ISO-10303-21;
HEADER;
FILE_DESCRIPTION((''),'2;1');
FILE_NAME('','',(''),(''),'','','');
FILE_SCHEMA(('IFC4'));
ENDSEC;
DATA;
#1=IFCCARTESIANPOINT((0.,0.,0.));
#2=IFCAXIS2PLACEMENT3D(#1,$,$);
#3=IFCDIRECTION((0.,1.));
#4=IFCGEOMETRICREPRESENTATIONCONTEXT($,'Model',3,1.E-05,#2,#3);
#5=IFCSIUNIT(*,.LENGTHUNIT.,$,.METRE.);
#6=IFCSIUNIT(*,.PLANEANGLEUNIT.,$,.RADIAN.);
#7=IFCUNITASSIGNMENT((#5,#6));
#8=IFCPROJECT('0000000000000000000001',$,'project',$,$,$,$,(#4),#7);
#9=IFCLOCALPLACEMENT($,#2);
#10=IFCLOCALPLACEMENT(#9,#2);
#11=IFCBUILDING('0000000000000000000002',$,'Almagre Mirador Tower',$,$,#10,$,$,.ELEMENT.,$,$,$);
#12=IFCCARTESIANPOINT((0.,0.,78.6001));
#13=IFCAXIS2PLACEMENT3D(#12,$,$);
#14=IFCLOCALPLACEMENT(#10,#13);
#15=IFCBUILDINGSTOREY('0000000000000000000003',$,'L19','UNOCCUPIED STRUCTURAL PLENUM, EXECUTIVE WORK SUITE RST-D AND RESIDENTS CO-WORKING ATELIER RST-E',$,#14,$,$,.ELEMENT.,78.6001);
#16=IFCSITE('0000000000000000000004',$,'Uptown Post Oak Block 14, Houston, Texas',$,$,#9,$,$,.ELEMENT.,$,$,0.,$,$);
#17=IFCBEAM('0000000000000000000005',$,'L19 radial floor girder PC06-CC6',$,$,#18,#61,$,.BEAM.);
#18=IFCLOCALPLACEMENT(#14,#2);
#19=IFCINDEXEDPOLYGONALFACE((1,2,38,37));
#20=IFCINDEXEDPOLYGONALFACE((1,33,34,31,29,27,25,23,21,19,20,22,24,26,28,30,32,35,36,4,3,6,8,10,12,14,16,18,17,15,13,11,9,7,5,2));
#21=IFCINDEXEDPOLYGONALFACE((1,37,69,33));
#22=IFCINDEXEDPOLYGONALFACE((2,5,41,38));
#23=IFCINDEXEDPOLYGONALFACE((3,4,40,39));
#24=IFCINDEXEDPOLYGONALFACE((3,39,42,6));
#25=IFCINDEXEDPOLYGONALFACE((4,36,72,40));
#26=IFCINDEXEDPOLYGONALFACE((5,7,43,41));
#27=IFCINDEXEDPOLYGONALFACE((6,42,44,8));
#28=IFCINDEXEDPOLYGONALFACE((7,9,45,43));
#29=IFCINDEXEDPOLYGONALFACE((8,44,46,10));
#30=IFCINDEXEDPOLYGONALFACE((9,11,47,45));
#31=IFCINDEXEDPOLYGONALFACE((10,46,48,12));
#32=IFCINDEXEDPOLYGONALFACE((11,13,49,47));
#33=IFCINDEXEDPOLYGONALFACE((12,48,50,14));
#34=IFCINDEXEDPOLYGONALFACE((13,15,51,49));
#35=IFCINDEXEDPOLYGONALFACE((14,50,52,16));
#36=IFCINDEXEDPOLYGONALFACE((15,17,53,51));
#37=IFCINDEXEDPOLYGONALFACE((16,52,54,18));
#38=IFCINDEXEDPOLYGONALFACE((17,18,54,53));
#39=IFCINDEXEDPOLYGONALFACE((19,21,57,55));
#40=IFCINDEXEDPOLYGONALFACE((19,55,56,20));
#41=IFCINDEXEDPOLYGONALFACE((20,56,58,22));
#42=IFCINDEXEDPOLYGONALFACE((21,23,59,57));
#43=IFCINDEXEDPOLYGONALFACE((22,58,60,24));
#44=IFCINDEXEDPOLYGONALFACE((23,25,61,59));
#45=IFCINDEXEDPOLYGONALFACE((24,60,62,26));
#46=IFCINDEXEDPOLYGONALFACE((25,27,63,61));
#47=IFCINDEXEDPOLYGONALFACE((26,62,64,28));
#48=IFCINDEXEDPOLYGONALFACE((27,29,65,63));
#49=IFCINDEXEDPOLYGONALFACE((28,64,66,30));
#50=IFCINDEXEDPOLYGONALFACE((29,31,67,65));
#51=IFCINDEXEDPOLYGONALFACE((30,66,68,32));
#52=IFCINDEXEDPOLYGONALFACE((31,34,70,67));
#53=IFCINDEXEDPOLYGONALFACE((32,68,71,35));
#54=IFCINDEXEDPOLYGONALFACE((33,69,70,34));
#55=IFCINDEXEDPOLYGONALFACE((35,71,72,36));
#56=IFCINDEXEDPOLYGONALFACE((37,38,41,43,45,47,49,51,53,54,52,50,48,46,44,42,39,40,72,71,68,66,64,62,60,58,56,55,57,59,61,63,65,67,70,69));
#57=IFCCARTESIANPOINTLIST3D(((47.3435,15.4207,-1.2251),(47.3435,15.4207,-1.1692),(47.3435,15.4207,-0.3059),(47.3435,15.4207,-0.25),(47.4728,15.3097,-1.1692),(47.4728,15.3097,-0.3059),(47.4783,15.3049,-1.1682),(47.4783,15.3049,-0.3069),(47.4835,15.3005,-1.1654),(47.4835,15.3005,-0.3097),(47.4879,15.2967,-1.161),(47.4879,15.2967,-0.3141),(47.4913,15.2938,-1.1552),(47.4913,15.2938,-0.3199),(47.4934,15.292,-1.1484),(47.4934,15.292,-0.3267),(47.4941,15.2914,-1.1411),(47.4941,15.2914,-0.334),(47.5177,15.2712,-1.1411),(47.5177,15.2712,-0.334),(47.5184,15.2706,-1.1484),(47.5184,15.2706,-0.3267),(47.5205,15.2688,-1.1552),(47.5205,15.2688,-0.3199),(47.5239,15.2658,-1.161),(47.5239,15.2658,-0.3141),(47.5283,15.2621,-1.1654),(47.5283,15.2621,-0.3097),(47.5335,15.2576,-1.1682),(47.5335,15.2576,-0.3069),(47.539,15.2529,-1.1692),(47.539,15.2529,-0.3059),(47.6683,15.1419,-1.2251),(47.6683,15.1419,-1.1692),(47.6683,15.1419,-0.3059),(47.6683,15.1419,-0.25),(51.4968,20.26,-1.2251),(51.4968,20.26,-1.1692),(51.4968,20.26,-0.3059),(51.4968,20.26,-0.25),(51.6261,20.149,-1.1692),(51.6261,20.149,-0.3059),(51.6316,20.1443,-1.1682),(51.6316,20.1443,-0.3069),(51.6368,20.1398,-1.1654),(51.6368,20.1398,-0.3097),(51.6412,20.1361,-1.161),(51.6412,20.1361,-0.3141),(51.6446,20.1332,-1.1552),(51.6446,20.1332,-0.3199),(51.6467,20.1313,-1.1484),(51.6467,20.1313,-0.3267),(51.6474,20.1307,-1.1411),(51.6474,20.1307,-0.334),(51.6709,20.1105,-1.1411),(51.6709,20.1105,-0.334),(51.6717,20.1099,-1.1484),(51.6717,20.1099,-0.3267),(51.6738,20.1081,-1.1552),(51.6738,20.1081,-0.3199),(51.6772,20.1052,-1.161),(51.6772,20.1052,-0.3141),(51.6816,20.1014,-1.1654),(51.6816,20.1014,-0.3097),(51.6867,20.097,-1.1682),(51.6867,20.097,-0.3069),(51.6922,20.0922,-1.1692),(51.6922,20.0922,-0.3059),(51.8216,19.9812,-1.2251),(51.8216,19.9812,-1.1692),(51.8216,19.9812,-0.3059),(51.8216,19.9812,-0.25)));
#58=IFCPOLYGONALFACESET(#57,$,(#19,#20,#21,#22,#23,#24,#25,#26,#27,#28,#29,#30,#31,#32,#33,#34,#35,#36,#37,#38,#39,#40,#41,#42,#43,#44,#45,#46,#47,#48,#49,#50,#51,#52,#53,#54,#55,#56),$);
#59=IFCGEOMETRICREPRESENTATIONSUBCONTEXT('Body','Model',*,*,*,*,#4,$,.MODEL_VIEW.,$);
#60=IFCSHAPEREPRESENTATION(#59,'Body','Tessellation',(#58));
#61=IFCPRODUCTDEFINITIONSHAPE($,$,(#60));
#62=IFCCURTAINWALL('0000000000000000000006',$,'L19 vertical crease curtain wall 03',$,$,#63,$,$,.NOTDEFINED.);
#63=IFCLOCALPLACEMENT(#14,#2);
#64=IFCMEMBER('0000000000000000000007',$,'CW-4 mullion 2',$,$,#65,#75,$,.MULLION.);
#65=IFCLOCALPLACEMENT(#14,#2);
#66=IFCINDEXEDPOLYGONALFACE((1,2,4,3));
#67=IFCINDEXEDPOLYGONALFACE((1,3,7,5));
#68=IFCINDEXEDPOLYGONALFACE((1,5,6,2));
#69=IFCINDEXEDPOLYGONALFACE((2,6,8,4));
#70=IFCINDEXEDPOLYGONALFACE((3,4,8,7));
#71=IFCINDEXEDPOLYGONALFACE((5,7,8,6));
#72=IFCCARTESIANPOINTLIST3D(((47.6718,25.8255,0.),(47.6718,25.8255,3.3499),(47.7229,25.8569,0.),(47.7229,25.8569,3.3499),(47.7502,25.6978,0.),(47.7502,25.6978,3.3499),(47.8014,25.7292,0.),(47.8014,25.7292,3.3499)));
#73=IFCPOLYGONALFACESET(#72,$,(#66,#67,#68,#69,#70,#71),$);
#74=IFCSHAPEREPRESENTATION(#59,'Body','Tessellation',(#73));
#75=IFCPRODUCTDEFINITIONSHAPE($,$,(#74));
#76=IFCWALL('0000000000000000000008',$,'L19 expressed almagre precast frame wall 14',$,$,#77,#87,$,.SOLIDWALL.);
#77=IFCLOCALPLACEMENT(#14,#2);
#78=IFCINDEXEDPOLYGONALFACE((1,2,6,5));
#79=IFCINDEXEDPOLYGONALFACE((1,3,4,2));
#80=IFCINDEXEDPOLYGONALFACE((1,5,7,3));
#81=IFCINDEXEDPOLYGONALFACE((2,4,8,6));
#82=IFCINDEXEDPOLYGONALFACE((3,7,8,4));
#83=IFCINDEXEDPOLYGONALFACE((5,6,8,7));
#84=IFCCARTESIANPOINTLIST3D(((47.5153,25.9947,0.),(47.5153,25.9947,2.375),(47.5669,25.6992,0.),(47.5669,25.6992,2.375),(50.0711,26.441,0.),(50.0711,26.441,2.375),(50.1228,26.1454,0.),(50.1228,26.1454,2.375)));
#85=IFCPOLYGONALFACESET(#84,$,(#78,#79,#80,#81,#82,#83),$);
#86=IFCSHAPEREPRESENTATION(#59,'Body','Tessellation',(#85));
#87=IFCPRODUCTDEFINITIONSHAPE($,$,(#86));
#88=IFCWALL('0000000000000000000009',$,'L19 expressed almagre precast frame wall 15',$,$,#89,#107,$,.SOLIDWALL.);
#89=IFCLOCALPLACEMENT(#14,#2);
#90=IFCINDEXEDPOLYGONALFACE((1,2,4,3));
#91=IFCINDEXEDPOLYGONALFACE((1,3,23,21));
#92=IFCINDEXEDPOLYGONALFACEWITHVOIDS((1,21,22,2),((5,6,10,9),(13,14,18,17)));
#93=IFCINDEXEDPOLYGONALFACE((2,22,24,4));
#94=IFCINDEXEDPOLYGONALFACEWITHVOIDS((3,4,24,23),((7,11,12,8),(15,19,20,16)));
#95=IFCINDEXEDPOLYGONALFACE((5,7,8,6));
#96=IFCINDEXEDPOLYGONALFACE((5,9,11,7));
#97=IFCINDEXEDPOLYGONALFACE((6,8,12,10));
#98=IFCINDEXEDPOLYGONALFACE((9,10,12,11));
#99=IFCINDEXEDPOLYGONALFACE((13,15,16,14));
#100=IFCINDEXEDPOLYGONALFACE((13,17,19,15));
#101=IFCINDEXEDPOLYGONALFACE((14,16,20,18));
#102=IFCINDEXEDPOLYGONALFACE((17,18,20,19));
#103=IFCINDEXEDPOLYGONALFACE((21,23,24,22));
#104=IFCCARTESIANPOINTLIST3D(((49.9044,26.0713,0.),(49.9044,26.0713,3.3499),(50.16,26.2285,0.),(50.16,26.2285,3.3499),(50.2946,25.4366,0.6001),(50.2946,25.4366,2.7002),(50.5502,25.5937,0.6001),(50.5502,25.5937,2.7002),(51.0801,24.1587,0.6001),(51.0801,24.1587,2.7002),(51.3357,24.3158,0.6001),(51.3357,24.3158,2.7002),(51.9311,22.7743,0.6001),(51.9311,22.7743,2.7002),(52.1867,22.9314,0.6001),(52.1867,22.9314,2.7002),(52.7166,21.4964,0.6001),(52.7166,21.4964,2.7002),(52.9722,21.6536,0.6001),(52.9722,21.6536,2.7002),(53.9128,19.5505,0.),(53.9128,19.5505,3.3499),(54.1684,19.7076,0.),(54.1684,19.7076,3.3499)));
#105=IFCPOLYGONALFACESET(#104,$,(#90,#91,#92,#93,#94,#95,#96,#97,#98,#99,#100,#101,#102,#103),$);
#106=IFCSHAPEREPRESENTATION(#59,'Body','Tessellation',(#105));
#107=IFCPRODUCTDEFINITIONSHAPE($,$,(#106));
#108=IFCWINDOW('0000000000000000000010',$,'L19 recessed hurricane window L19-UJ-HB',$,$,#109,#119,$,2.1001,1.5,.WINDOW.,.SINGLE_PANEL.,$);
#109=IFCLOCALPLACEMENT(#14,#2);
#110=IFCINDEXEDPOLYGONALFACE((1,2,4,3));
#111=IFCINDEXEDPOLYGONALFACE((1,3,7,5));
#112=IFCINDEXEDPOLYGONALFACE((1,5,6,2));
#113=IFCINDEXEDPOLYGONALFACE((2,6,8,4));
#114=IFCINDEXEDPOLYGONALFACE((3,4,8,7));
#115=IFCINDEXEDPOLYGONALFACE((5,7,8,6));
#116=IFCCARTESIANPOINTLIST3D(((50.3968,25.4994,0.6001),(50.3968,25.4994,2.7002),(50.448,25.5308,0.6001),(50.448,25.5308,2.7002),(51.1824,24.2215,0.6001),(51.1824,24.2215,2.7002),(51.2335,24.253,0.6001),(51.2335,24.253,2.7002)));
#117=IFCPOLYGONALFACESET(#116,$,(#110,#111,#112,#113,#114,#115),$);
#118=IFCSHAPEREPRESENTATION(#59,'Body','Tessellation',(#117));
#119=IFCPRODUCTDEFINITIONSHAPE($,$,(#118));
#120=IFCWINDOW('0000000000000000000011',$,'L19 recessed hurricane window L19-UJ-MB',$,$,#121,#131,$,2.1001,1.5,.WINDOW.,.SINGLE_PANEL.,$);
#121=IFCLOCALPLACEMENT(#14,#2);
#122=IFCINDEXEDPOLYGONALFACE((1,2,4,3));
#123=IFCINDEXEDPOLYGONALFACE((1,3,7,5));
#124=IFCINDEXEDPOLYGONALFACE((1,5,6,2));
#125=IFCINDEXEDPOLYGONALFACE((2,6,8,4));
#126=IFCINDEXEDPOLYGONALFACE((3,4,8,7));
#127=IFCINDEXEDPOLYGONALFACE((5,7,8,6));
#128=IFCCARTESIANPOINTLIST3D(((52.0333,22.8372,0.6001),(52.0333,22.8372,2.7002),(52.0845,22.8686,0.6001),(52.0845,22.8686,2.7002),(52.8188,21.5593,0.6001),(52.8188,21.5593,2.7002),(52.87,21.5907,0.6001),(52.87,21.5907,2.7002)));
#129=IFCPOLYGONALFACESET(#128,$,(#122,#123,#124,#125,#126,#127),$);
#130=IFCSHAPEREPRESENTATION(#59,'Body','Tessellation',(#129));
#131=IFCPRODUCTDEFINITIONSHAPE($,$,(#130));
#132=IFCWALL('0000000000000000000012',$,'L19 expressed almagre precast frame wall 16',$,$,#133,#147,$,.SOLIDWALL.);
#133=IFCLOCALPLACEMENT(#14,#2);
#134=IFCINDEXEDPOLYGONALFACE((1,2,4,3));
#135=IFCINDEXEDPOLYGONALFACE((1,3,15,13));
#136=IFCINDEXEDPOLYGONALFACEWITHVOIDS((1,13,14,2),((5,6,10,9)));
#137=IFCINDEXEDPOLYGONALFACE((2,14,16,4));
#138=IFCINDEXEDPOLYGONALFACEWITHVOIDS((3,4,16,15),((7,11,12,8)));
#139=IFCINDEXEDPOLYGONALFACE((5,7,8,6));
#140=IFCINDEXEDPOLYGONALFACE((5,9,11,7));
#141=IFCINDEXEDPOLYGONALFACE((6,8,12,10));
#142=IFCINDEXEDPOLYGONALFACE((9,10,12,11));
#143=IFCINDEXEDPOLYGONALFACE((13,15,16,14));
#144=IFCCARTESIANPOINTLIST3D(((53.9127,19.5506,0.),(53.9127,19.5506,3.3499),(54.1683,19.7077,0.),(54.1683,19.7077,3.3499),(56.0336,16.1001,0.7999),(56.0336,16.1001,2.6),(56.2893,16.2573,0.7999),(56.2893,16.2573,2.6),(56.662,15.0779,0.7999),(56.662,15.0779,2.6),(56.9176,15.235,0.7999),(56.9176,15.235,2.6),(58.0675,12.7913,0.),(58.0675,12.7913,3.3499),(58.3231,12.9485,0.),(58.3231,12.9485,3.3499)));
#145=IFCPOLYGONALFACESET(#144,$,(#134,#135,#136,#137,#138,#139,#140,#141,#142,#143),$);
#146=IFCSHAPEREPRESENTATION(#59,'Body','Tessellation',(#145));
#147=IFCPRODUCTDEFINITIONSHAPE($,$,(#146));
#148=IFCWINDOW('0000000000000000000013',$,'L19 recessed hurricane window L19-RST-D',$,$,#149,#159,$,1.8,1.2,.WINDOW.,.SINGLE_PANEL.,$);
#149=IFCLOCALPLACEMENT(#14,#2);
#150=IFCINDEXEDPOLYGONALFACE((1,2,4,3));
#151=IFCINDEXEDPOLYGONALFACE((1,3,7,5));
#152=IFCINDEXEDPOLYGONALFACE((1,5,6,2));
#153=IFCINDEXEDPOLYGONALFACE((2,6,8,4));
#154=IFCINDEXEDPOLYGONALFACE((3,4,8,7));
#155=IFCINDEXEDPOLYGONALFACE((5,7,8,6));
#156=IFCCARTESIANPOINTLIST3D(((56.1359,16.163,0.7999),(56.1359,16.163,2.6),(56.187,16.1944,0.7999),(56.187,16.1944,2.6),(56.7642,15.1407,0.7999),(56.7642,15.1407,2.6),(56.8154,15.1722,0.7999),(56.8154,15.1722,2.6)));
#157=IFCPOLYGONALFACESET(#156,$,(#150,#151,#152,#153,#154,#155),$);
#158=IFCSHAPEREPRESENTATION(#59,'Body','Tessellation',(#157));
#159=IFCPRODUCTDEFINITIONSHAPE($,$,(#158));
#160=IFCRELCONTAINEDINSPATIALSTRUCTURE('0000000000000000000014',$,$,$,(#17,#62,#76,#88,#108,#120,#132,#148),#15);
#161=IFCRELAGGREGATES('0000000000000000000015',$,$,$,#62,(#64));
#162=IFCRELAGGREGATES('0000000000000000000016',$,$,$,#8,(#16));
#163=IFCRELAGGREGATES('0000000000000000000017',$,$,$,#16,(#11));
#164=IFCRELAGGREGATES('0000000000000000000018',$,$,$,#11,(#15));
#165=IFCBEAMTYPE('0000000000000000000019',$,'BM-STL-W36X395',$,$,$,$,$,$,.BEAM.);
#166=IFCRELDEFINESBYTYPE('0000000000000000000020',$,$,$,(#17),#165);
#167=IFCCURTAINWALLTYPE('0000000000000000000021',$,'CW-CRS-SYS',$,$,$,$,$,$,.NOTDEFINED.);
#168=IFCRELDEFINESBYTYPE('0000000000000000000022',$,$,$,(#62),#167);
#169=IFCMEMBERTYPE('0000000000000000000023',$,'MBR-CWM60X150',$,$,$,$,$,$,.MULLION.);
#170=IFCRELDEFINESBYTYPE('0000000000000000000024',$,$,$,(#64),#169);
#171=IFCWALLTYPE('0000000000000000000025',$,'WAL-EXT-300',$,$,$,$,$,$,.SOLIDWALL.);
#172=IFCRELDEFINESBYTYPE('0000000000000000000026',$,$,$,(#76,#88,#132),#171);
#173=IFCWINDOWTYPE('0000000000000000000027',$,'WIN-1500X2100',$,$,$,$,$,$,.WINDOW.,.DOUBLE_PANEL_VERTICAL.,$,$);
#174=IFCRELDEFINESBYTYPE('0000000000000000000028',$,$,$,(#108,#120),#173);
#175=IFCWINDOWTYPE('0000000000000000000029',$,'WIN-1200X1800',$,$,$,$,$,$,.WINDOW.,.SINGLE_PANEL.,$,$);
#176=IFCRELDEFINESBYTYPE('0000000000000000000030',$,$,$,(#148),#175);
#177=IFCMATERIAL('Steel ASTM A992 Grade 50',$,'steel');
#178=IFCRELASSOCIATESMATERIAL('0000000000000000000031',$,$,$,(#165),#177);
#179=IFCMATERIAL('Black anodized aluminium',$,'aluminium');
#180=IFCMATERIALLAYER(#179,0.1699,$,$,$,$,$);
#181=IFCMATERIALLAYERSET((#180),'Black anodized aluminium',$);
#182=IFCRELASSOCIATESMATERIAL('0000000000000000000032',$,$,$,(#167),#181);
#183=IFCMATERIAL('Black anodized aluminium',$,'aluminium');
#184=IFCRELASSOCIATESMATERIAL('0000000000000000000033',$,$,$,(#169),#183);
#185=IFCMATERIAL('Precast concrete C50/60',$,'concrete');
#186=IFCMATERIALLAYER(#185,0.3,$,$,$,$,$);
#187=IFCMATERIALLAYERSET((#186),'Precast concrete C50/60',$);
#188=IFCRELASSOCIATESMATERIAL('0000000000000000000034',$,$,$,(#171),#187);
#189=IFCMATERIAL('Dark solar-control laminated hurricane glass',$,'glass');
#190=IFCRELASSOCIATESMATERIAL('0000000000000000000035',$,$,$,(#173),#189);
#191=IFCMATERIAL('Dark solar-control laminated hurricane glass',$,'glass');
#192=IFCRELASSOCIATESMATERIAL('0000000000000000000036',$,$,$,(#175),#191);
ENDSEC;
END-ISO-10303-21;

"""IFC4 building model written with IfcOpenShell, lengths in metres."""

from ifc_helpers import new_model, si_unit, direction, frame, frame_2d, origin, origin_2d, place, context, subcontext, project, spatial, rectangle, i_section, extrude, material, layer, layer_set, material_profile, profile_set, type_object, element, fill, aggregate, save


model = new_model("IFC4")

# Units and contexts
model_context = context("Model", 3, precision=1e-05, world=origin(), true_north=direction((0.0, 1.0)))
body_context = subcontext(model_context, "Body", "Model", "MODEL_VIEW")
ifc_project = project(units=[si_unit("LENGTHUNIT", "METRE"), si_unit("PLANEANGLEUNIT", "RADIAN")], contexts=[model_context])

# Site, building, storey
site_placement = place(None, origin())
site = spatial("IfcSite", under=ifc_project, at=site_placement, Name="Uptown Post Oak Block 14, Houston, Texas", CompositionType="ELEMENT", RefElevation=0.0)
building_placement = place(site_placement, origin())
building = spatial("IfcBuilding", under=site, at=building_placement, Name="Almagre Mirador Tower", CompositionType="ELEMENT")
storey_placement = place(building_placement, frame((0.0, 0.0, 78.6001)))
storey = spatial("IfcBuildingStorey", under=building, at=storey_placement, Name="L19", Description="UNOCCUPIED STRUCTURAL PLENUM, EXECUTIVE WORK SUITE RST-D AND RESIDENTS CO-WORKING ATELIER RST-E", CompositionType="ELEMENT", Elevation=78.6001)

# Beam
ifc_material_1 = material(Name="Steel ASTM A992 Grade 50", Category="steel")
ifc_material_profile_1 = material_profile(ifc_material_1, i_section(OverallWidth=0.428, OverallDepth=0.9751, WebThickness=0.031, FlangeThickness=0.0559, FilletRadius=0.0281, at=origin_2d()), Name="W36X395")
ifc_profile_set_1 = profile_set([ifc_material_profile_1], Name="Steel ASTM A992 Grade 50")
beam_type_1 = type_object("IfcBeamType", Name="BM-STL-W36X395", PredefinedType="BEAM", material=ifc_profile_set_1)
beam_1_placement = place(storey_placement, frame((51.6592, 20.1206, -0.7375), z_axis=(-0.65127, -0.758846, 0.0), x_axis=(0.758846, -0.65127, 0.0)))
element("IfcBeam", 1, at=beam_1_placement, inside=storey, type_object=beam_type_1, Name="L19 radial floor girder PC06-CC6", PredefinedType="BEAM", context=body_context, shape_type="SweptSolid", body=[
    extrude(i_section(OverallWidth=0.428, OverallDepth=0.9751, WebThickness=0.031, FlangeThickness=0.0559, FilletRadius=0.0281, at=origin_2d()), origin(), (0.0, 0.0, 1.0), 6.3772),
])

# Curtain wall, member
ifc_material_2 = material(Name="Black anodized aluminium", Category="aluminium")
ifc_layer_1 = layer(ifc_material_2, 0.1699)
ifc_layer_set_1 = layer_set([ifc_layer_1], Name="Black anodized aluminium")
curtain_wall_type = type_object("IfcCurtainWallType", Name="CW-CRS-SYS", PredefinedType="NOTDEFINED", material=ifc_layer_set_1)
curtain_wall_placement = place(storey_placement, origin())
curtain_wall = element("IfcCurtainWall", 2, at=curtain_wall_placement, inside=storey, type_object=curtain_wall_type, Name="L19 vertical crease curtain wall 03", PredefinedType="NOTDEFINED")
ifc_material_3 = material(Name="Black anodized aluminium", Category="aluminium")
ifc_material_profile_2 = material_profile(ifc_material_3, rectangle(XDim=0.0601, YDim=0.1499, at=origin_2d()), Name="CWM60X150")
ifc_profile_set_2 = profile_set([ifc_material_profile_2], Name="Black anodized aluminium")
member_type = type_object("IfcMemberType", Name="MBR-CWM60X150", PredefinedType="MULLION", material=ifc_profile_set_2)
member_placement = place(storey_placement, frame((47.7366, 25.7773, 0.0), z_axis=(0.0, 0.0, 1.0), x_axis=(0.852078, 0.523415, 0.0)))
member = element("IfcMember", 3, at=member_placement, type_object=member_type, Name="CW-4 mullion 2", PredefinedType="MULLION", context=body_context, shape_type="SweptSolid", body=[
    extrude(rectangle(XDim=0.0601, YDim=0.1499, at=origin_2d()), origin(), (0.0, 0.0, 1.0), 3.3499),
])
aggregate(curtain_wall, [member])

# Wall
ifc_material_4 = material(Name="Precast concrete C50/60", Category="concrete")
ifc_layer_2 = layer(ifc_material_4, 0.3)
ifc_layer_set_2 = layer_set([ifc_layer_2], Name="Precast concrete C50/60")
wall_type_1 = type_object("IfcWallType", Name="WAL-EXT-300", PredefinedType="SOLIDWALL", material=ifc_layer_set_2)
wall_1_placement = place(storey_placement, frame((47.541, 25.8469, 0.0), z_axis=(0.0, 0.0, 1.0), x_axis=(0.985096, 0.172008, 0.0)))
element("IfcWall", 4, at=wall_1_placement, inside=storey, type_object=wall_type_1, Name="L19 expressed almagre precast frame wall 14", PredefinedType="SOLIDWALL", context=body_context, shape_type="SweptSolid", body=[
    extrude(rectangle(XDim=2.5945, YDim=0.3, at=frame_2d((1.2974, 0.0))), origin(), (0.0, 0.0, 1.0), 2.375),
])

# Wall, openings, windows
wall_2_placement = place(storey_placement, frame((50.0322, 26.1499, 0.0), z_axis=(0.0, 0.0, 1.0), x_axis=(0.523674, -0.851919, 0.0)))
wall_2 = element("IfcWall", 5, at=wall_2_placement, inside=storey, type_object=wall_type_1, Name="L19 expressed almagre precast frame wall 15", PredefinedType="SOLIDWALL", context=body_context, shape_type="SweptSolid", body=[
    extrude(rectangle(XDim=7.6543, YDim=0.3, at=frame_2d((3.8271, 0.0))), origin(), (0.0, 0.0, 1.0), 3.3499),
])
opening_1_placement = place(wall_2_placement, frame((0.7451, 0.0, 0.6001)))
opening_1 = element("IfcOpeningElement", 6, at=opening_1_placement, cuts=wall_2, PredefinedType="OPENING", context=body_context, shape_type="SweptSolid", body=[
    extrude(rectangle(XDim=1.5, YDim=2.1001, at=frame_2d((0.75, 1.05))), frame((0.0, 0.1599, 0.0), z_axis=(0.0, -1.0, 0.0), x_axis=(1.0, 0.0, 0.0)), (0.0, 0.0, 1.0), 0.32),
])
opening_2_placement = place(wall_2_placement, frame((3.8701, 0.0, 0.6001)))
opening_2 = element("IfcOpeningElement", 7, at=opening_2_placement, cuts=wall_2, PredefinedType="OPENING", context=body_context, shape_type="SweptSolid", body=[
    extrude(rectangle(XDim=1.5, YDim=2.1001, at=frame_2d((0.75, 1.05))), frame((0.0, 0.1599, 0.0), z_axis=(0.0, -1.0, 0.0), x_axis=(1.0, 0.0, 0.0)), (0.0, 0.0, 1.0), 0.32),
])
ifc_material_5 = material(Name="Dark solar-control laminated hurricane glass", Category="glass")
window_type_1 = type_object("IfcWindowType", Name="WIN-1500X2100", PartitioningType="DOUBLE_PANEL_VERTICAL", PredefinedType="WINDOW", material=ifc_material_5)
window_1_placement = place(opening_1_placement, origin())
window_1 = element("IfcWindow", 8, at=window_1_placement, inside=storey, type_object=window_type_1, Name="L19 recessed hurricane window L19-UJ-HB", OverallHeight=2.1001, OverallWidth=1.5, PartitioningType="SINGLE_PANEL", PredefinedType="WINDOW", context=body_context, shape_type="SweptSolid", body=[
    extrude(rectangle(XDim=1.5, YDim=2.1001, at=frame_2d((0.75, 1.05))), frame((0.0, 0.03, 0.0), z_axis=(0.0, -1.0, 0.0), x_axis=(1.0, 0.0, 0.0)), (0.0, 0.0, 1.0), 0.0601),
])
fill(opening_1, window_1)
window_2_placement = place(opening_2_placement, origin())
window_2 = element("IfcWindow", 9, at=window_2_placement, inside=storey, type_object=window_type_1, Name="L19 recessed hurricane window L19-UJ-MB", OverallHeight=2.1001, OverallWidth=1.5, PartitioningType="SINGLE_PANEL", PredefinedType="WINDOW", context=body_context, shape_type="SweptSolid", body=[
    extrude(rectangle(XDim=1.5, YDim=2.1001, at=frame_2d((0.75, 1.05))), frame((0.0, 0.03, 0.0), z_axis=(0.0, -1.0, 0.0), x_axis=(1.0, 0.0, 0.0)), (0.0, 0.0, 1.0), 0.0601),
])
fill(opening_2, window_2)

# Wall, opening, window
wall_3_placement = place(storey_placement, frame((54.0405, 19.6292, 0.0), z_axis=(0.0, 0.0, 1.0), x_axis=(0.523661, -0.851927, 0.0)))
wall_3 = element("IfcWall", 10, at=wall_3_placement, inside=storey, type_object=wall_type_1, Name="L19 expressed almagre precast frame wall 16", PredefinedType="SOLIDWALL", context=body_context, shape_type="SweptSolid", body=[
    extrude(rectangle(XDim=7.9341, YDim=0.3, at=frame_2d((3.967, 0.0))), origin(), (0.0, 0.0, 1.0), 3.3499),
])
opening_3_placement = place(wall_3_placement, frame((4.05, 0.0, 0.8)))
opening_3 = element("IfcOpeningElement", 11, at=opening_3_placement, cuts=wall_3, PredefinedType="OPENING", context=body_context, shape_type="SweptSolid", body=[
    extrude(rectangle(XDim=1.2, YDim=1.8, at=frame_2d((0.6001, 0.8999))), frame((0.0, 0.1599, 0.0), z_axis=(0.0, -1.0, 0.0), x_axis=(1.0, 0.0, 0.0)), (0.0, 0.0, 1.0), 0.32),
])
ifc_material_6 = material(Name="Dark solar-control laminated hurricane glass", Category="glass")
window_type_2 = type_object("IfcWindowType", Name="WIN-1200X1800", PartitioningType="SINGLE_PANEL", PredefinedType="WINDOW", material=ifc_material_6)
window_3_placement = place(opening_3_placement, origin())
window_3 = element("IfcWindow", 12, at=window_3_placement, inside=storey, type_object=window_type_2, Name="L19 recessed hurricane window L19-RST-D", OverallHeight=1.8, OverallWidth=1.2, PartitioningType="SINGLE_PANEL", PredefinedType="WINDOW", context=body_context, shape_type="SweptSolid", body=[
    extrude(rectangle(XDim=1.2, YDim=1.8, at=frame_2d((0.6001, 0.8999))), frame((0.0, 0.03, 0.0), z_axis=(0.0, -1.0, 0.0), x_axis=(1.0, 0.0, 0.0)), (0.0, 0.0, 1.0), 0.0601),
])
fill(opening_3, window_3)

save(model, "model.ifc")
